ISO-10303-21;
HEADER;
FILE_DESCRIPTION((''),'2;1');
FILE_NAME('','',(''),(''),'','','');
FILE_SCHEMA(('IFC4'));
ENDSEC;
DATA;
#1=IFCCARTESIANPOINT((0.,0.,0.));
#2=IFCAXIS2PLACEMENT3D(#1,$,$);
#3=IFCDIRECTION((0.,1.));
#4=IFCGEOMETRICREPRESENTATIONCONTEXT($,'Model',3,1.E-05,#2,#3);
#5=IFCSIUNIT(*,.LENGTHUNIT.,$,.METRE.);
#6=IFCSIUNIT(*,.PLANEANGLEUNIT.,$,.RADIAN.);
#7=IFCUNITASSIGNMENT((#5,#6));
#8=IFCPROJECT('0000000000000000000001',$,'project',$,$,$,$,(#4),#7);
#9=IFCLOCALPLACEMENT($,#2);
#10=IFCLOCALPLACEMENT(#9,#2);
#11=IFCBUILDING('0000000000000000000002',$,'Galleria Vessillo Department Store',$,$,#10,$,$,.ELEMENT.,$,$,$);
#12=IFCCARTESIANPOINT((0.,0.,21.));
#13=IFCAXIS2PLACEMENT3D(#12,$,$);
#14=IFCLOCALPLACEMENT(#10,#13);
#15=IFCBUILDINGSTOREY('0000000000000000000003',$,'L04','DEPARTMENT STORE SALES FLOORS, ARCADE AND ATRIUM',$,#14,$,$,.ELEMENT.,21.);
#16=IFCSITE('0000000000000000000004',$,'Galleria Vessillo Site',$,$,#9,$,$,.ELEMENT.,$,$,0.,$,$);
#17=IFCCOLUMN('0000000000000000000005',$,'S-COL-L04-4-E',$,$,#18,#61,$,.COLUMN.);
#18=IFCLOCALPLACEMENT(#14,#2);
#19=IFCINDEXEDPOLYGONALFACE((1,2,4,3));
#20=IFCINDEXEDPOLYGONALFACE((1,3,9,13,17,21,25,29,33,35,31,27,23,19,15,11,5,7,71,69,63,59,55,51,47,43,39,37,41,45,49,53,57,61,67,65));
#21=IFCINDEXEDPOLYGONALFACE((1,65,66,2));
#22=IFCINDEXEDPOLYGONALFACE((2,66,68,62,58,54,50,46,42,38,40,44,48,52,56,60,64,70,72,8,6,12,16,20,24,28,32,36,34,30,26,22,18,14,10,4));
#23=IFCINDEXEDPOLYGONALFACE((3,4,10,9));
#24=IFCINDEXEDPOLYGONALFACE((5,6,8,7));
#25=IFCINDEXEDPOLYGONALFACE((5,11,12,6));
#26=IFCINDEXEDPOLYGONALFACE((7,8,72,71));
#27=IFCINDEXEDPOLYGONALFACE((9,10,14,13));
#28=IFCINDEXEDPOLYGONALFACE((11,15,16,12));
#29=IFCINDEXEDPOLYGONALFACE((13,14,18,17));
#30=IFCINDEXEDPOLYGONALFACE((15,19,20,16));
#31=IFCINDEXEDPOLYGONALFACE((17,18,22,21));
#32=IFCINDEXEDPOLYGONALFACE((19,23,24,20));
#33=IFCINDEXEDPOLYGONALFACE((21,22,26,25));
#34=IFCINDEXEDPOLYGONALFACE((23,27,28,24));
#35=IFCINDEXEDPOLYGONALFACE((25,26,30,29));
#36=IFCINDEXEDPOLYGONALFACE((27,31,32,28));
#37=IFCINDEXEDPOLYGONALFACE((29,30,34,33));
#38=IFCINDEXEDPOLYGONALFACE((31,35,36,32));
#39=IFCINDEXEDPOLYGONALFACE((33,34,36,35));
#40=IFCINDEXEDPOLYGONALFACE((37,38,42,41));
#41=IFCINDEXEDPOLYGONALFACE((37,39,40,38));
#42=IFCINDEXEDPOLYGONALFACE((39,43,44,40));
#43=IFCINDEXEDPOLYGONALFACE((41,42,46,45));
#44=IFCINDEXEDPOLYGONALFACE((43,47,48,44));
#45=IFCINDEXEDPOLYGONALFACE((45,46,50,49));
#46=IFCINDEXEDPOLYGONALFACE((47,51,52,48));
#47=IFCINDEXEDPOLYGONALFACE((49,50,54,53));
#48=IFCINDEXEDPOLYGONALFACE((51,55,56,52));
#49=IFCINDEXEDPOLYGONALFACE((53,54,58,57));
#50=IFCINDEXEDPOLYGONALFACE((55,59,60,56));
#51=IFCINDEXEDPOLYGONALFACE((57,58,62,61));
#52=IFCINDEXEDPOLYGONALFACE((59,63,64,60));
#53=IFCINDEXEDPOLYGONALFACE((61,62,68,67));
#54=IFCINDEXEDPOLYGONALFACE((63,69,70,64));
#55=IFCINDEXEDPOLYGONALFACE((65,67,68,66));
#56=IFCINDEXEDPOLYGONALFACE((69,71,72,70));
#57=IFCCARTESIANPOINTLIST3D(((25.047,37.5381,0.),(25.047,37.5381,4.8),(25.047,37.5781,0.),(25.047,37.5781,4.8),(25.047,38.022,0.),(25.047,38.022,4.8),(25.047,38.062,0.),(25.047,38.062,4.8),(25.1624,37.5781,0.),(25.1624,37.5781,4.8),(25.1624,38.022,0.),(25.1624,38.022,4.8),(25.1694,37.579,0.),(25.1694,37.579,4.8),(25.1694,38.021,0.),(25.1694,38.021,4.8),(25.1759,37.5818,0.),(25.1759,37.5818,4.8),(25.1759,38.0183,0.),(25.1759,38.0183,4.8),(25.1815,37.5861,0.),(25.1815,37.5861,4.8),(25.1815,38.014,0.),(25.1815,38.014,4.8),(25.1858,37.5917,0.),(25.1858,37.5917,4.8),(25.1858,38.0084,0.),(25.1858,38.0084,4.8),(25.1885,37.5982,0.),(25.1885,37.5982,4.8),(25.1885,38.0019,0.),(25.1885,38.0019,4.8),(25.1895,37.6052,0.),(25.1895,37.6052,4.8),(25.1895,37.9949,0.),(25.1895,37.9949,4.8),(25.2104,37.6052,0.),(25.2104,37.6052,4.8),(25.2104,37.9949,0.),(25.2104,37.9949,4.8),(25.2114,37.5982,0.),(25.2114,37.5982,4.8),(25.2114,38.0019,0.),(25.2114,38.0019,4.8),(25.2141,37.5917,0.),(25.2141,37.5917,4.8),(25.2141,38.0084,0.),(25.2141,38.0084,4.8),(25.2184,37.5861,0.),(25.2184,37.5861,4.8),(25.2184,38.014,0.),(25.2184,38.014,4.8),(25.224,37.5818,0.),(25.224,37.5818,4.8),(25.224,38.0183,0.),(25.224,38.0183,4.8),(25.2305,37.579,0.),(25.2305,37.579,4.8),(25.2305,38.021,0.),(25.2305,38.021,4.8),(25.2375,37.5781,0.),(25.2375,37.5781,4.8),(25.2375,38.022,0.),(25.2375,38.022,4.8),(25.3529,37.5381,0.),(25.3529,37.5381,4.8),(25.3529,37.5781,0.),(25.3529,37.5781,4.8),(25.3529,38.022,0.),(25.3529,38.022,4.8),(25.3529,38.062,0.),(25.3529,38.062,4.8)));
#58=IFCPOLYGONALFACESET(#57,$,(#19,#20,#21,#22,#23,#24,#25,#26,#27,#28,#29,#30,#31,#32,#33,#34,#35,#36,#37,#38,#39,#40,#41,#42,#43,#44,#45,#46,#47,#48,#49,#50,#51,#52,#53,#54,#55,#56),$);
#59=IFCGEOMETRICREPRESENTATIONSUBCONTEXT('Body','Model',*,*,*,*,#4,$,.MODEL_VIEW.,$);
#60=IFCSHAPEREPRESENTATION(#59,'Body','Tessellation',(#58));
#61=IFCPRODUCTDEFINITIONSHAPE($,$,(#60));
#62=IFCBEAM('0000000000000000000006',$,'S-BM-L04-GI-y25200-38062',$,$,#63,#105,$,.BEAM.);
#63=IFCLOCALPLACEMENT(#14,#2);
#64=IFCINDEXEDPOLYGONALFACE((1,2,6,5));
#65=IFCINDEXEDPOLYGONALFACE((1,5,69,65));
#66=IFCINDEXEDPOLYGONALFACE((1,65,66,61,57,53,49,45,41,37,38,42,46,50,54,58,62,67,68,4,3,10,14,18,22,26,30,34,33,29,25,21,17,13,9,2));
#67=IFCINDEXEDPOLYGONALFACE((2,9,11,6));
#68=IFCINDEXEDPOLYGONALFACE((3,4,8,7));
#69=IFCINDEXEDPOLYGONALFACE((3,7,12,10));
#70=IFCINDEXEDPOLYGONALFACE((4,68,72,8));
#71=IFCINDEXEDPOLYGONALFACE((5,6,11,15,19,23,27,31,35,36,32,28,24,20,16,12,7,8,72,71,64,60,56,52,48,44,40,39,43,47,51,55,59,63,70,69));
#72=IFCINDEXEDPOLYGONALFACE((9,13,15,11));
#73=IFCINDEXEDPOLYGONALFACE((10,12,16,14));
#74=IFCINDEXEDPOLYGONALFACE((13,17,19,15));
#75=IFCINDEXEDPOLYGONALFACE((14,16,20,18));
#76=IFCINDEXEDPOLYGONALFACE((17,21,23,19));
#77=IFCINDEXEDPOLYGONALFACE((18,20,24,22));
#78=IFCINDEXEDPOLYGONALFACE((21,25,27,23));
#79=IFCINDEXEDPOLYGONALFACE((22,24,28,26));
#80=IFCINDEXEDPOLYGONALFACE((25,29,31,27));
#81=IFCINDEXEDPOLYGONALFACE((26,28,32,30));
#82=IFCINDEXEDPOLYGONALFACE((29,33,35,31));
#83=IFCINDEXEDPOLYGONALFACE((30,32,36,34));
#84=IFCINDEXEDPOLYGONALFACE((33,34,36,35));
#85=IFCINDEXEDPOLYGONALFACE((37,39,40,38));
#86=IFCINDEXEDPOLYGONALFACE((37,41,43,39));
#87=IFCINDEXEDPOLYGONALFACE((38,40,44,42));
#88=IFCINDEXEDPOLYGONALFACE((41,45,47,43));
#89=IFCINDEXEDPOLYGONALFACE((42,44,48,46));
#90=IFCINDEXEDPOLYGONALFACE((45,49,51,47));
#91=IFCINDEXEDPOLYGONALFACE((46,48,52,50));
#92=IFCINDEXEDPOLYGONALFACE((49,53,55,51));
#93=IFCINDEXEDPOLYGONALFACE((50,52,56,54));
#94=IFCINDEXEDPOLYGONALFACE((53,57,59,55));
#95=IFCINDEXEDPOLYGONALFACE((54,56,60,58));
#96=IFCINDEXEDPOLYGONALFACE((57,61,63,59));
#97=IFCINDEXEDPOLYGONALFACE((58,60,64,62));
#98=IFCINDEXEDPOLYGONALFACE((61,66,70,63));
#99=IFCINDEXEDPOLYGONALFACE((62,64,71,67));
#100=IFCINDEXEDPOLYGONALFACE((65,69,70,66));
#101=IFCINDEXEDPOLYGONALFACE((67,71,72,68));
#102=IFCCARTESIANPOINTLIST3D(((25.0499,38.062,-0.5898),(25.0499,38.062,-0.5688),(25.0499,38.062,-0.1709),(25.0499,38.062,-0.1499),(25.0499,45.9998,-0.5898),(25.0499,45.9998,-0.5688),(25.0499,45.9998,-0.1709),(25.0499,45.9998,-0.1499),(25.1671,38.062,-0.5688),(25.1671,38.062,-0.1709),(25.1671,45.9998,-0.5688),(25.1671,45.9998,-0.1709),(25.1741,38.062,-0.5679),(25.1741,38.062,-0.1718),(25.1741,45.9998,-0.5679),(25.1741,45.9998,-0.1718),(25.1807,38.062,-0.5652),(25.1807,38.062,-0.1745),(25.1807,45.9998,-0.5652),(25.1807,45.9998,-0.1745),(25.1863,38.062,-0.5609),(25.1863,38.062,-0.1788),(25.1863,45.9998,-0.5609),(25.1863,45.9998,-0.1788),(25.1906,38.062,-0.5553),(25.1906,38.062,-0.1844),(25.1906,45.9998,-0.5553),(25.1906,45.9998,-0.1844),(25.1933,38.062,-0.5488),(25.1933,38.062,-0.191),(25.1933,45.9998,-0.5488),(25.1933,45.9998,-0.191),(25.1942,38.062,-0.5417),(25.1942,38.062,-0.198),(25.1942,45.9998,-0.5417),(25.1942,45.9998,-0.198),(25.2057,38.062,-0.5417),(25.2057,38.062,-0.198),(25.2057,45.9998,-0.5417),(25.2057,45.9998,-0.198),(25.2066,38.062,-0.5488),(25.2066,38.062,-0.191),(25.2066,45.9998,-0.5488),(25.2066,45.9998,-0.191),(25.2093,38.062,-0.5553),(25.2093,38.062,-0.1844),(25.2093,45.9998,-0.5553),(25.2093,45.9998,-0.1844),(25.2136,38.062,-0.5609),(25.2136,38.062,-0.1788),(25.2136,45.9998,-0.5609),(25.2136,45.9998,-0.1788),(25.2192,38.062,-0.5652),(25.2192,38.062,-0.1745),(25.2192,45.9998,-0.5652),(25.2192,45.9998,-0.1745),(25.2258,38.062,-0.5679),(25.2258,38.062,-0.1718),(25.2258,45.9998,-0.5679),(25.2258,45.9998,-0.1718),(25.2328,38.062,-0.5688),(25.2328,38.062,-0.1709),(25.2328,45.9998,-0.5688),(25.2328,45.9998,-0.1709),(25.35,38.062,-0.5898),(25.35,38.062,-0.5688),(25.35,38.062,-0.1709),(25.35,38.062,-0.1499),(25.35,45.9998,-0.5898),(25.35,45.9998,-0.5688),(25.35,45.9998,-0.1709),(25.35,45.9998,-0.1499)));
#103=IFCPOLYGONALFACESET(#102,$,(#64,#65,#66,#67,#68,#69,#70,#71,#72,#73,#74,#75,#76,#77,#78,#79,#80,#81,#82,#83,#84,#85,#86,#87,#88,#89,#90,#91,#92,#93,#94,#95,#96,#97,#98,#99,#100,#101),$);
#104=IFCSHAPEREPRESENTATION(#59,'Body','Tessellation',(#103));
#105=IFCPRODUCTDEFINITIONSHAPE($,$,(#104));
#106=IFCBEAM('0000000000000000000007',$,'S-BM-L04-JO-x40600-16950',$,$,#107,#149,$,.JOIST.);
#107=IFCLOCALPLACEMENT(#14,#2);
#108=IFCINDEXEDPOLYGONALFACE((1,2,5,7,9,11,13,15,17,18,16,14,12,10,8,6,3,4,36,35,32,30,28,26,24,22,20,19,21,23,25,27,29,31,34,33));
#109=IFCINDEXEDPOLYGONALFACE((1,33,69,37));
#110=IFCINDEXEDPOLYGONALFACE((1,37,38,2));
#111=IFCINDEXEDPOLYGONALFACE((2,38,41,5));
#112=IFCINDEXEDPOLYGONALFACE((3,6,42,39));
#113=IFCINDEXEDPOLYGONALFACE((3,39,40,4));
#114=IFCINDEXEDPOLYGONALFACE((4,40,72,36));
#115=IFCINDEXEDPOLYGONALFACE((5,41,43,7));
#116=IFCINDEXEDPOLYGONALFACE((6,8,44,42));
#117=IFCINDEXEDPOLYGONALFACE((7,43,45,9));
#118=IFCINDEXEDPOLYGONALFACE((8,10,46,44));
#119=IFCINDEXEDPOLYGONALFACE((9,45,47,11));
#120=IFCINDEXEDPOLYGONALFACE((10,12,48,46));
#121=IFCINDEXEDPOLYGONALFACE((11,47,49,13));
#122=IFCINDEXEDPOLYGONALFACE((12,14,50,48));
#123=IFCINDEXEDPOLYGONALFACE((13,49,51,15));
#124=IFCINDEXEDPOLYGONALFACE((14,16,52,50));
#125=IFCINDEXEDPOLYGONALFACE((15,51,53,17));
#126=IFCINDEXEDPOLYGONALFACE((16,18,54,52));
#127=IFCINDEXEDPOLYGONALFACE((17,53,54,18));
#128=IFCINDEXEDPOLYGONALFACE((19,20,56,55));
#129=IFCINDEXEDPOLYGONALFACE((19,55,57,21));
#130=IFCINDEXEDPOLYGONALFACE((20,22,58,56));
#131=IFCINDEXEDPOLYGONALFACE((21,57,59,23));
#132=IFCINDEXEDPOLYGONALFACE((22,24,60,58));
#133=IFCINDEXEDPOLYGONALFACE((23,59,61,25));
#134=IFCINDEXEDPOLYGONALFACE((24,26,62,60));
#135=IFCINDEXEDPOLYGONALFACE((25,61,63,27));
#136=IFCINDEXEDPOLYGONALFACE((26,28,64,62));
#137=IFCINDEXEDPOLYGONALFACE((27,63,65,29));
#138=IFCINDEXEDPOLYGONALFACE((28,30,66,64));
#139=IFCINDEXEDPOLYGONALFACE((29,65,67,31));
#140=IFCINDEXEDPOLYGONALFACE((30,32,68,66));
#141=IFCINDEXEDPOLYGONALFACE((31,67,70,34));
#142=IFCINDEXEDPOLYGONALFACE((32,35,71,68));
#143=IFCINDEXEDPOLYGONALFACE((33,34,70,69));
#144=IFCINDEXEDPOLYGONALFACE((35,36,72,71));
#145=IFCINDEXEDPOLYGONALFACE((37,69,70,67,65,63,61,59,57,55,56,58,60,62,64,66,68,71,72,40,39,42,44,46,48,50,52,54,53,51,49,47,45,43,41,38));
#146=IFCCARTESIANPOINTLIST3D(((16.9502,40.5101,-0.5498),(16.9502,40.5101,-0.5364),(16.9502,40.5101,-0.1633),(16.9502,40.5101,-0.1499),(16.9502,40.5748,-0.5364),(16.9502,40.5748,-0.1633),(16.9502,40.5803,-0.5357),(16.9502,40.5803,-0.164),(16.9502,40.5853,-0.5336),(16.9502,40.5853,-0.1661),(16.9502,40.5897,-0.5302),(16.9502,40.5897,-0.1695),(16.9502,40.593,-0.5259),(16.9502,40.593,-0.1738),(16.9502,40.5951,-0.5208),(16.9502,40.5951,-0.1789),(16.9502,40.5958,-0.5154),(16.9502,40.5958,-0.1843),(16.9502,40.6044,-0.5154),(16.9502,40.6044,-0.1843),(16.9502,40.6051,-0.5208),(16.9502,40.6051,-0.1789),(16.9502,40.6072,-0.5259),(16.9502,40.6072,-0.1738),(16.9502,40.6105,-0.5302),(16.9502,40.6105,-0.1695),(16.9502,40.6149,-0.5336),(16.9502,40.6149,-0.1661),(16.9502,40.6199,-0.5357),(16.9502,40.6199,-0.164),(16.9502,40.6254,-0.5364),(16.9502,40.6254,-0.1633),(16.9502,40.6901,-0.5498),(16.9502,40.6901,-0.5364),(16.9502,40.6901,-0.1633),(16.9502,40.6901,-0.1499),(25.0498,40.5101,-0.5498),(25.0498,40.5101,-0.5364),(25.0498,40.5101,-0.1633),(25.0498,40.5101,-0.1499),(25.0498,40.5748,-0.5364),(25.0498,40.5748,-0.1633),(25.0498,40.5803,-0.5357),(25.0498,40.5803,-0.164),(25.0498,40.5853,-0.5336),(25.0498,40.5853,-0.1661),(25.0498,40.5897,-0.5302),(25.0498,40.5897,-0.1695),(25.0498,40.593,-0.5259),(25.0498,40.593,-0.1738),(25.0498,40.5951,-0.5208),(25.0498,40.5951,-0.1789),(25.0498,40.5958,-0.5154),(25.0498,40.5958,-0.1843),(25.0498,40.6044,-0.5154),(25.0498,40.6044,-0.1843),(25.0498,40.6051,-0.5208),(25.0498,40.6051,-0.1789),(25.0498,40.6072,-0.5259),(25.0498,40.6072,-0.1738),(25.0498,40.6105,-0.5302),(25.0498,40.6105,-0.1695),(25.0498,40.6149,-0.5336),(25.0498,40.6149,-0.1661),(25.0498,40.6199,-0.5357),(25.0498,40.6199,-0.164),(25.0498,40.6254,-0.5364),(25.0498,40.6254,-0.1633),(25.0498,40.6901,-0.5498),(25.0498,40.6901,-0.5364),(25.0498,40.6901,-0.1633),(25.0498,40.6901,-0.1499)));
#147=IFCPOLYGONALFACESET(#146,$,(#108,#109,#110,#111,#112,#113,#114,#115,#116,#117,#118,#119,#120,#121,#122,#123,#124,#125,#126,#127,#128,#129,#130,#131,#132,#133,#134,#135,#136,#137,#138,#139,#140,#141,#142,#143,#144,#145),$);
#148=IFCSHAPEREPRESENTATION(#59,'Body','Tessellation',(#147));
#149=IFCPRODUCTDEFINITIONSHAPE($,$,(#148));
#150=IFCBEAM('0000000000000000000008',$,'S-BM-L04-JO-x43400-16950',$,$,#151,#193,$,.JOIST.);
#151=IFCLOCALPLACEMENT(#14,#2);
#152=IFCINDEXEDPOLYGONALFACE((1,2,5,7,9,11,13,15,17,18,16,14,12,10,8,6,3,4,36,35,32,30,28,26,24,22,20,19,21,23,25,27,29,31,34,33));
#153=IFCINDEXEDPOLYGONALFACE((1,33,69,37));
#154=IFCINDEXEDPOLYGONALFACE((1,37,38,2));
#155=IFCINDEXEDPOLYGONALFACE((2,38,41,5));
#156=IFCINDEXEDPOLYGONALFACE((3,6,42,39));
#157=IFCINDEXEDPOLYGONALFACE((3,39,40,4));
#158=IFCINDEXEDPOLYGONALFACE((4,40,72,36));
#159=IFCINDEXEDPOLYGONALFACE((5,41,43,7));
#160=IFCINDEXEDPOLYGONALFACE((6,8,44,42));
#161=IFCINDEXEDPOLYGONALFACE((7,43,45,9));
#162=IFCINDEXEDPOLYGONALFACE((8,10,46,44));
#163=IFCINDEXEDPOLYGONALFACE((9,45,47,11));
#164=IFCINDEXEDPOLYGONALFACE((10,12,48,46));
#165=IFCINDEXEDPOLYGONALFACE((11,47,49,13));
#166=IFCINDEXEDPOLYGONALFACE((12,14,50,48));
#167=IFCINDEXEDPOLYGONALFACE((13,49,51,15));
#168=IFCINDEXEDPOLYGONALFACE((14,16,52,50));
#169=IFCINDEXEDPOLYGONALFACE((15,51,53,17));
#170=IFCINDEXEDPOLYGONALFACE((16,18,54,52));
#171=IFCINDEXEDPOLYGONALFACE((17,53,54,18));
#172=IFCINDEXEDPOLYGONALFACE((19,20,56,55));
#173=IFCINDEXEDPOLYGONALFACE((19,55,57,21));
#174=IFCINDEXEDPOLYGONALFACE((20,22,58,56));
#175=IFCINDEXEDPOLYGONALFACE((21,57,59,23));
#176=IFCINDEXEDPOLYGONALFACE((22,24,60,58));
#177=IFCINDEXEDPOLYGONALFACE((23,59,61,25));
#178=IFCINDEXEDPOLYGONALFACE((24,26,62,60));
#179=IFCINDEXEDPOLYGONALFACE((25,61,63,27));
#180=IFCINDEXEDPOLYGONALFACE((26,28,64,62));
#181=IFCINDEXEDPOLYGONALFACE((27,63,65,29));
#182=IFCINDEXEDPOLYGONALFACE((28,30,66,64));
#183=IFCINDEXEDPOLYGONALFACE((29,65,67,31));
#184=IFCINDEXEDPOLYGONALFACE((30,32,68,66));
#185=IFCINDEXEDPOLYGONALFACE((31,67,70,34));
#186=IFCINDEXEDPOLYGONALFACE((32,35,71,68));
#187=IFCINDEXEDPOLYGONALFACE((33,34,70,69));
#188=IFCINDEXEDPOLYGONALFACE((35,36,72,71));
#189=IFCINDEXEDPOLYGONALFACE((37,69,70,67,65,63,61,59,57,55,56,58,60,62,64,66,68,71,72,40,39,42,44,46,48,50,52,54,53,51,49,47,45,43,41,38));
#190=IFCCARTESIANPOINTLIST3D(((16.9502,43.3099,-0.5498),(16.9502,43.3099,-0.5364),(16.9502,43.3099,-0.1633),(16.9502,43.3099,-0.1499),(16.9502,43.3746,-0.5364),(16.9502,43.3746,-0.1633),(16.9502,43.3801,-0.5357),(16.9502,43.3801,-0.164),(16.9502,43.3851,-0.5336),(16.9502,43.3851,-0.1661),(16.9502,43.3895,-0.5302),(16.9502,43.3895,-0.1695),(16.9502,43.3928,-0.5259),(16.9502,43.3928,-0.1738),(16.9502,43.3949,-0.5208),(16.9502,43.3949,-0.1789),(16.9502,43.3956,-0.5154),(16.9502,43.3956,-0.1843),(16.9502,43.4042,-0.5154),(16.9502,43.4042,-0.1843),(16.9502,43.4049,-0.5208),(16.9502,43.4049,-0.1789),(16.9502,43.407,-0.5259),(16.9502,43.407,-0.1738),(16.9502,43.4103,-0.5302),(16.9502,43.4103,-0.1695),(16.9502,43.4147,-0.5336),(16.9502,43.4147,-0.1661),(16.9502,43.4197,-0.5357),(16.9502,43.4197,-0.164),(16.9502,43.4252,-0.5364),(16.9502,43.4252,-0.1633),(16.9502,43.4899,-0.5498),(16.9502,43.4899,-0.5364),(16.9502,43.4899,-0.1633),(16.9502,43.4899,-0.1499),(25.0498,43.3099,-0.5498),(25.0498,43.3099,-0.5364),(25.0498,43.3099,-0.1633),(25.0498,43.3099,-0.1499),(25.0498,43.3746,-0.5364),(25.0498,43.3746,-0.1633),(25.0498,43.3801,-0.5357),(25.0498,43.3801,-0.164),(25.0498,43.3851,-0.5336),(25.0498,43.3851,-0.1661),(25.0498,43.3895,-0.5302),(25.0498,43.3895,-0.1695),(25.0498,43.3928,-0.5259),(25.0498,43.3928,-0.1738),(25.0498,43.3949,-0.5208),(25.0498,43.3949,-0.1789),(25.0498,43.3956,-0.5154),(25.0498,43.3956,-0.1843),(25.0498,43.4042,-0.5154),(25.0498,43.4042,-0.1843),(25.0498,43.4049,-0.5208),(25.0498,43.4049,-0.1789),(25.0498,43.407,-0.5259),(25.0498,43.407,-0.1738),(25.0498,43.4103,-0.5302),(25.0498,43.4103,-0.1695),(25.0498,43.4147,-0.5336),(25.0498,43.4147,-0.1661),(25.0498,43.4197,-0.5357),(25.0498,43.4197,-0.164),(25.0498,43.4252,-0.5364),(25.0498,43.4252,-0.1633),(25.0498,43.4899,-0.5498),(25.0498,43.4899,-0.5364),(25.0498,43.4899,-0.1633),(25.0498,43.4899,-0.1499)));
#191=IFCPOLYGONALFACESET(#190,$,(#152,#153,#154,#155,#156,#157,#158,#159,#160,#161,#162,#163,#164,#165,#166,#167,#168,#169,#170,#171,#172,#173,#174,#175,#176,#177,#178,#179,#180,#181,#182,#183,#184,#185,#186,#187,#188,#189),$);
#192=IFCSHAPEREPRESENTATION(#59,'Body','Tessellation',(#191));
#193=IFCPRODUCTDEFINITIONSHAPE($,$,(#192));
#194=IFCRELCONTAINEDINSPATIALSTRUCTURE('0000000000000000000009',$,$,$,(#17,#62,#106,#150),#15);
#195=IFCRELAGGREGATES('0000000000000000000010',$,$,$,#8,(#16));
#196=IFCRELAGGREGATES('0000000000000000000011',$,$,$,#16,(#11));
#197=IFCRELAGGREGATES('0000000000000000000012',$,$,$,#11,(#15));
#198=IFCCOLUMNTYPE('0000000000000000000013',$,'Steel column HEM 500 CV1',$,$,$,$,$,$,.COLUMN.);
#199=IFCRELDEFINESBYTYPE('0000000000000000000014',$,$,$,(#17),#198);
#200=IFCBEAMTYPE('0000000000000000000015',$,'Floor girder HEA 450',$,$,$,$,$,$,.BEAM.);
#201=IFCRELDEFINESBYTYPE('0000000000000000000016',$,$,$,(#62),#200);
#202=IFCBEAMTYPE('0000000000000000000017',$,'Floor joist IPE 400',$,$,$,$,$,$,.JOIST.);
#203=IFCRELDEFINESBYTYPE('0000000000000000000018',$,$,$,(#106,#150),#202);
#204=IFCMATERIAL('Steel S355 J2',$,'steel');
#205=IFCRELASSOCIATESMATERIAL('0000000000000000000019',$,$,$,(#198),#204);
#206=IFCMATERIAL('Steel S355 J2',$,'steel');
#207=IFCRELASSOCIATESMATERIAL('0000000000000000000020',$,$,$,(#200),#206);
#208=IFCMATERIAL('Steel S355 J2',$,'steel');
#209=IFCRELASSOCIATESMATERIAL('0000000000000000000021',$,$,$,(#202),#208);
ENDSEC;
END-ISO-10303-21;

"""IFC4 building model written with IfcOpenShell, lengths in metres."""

from ifc_helpers import new_model, si_unit, direction, frame, origin, origin_2d, place, context, subcontext, project, spatial, i_section, extrude, material, material_profile, profile_set, type_object, element, save


model = new_model("IFC4")

# Units and contexts
model_context = context("Model", 3, precision=1e-05, world=origin(), true_north=direction((0.0, 1.0)))
body_context = subcontext(model_context, "Body", "Model", "MODEL_VIEW")
ifc_project = project(units=[si_unit("LENGTHUNIT", "METRE"), si_unit("PLANEANGLEUNIT", "RADIAN")], contexts=[model_context])

# Site, building, storey
site_placement = place(None, origin())
site = spatial("IfcSite", under=ifc_project, at=site_placement, Name="Galleria Vessillo Site", CompositionType="ELEMENT", RefElevation=0.0)
building_placement = place(site_placement, origin())
building = spatial("IfcBuilding", under=site, at=building_placement, Name="Galleria Vessillo Department Store", CompositionType="ELEMENT")
storey_placement = place(building_placement, frame((0.0, 0.0, 21.0)))
storey = spatial("IfcBuildingStorey", under=building, at=storey_placement, Name="L04", Description="DEPARTMENT STORE SALES FLOORS, ARCADE AND ATRIUM", CompositionType="ELEMENT", Elevation=21.0)

# Column
ifc_material_1 = material(Name="Steel S355 J2", Category="steel")
ifc_material_profile_1 = material_profile(ifc_material_1, i_section(OverallWidth=0.3059, OverallDepth=0.5239, WebThickness=0.021, FlangeThickness=0.04, FilletRadius=0.0271, at=origin_2d()), Name="HEM 500")
ifc_profile_set_1 = profile_set([ifc_material_profile_1], Name="Steel S355 J2")
column_type = type_object("IfcColumnType", Name="Steel column HEM 500 CV1", PredefinedType="COLUMN", material=ifc_profile_set_1)
column_placement = place(storey_placement, frame((25.2, 37.8, 0.0), z_axis=(0.0, 0.0, 1.0), x_axis=(1.0, 0.0, 0.0)))
element("IfcColumn", 1, at=column_placement, inside=storey, type_object=column_type, Name="S-COL-L04-4-E", PredefinedType="COLUMN", context=body_context, shape_type="SweptSolid", body=[
    extrude(i_section(OverallWidth=0.3059, OverallDepth=0.5239, WebThickness=0.021, FlangeThickness=0.04, FilletRadius=0.0271, at=origin_2d()), origin(), (0.0, 0.0, 1.0), 4.8),
])

# Beams
ifc_material_2 = material(Name="Steel S355 J2", Category="steel")
ifc_material_profile_2 = material_profile(ifc_material_2, i_section(OverallWidth=0.3, OverallDepth=0.4399, WebThickness=0.0115, FlangeThickness=0.021, FilletRadius=0.0271, at=origin_2d()), Name="HEA 450")
ifc_profile_set_2 = profile_set([ifc_material_profile_2], Name="Steel S355 J2")
beam_type_1 = type_object("IfcBeamType", Name="Floor girder HEA 450", PredefinedType="BEAM", material=ifc_profile_set_2)
beam_1_placement = place(storey_placement, frame((25.2, 38.062, -0.3699), z_axis=(0.0, 1.0, 0.0), x_axis=(-1.0, 0.0, 0.0)))
element("IfcBeam", 2, at=beam_1_placement, inside=storey, type_object=beam_type_1, Name="S-BM-L04-GI-y25200-38062", PredefinedType="BEAM", context=body_context, shape_type="SweptSolid", body=[
    extrude(i_section(OverallWidth=0.3, OverallDepth=0.4399, WebThickness=0.0115, FlangeThickness=0.021, FilletRadius=0.0271, at=origin_2d()), origin(), (0.0, 0.0, 1.0), 7.9377),
])
ifc_material_3 = material(Name="Steel S355 J2", Category="steel")
ifc_material_profile_3 = material_profile(ifc_material_3, i_section(OverallWidth=0.1799, OverallDepth=0.3999, WebThickness=0.0085, FlangeThickness=0.0134, FilletRadius=0.021, at=origin_2d()), Name="IPE 400")
ifc_profile_set_3 = profile_set([ifc_material_profile_3], Name="Steel S355 J2")
beam_type_2 = type_object("IfcBeamType", Name="Floor joist IPE 400", PredefinedType="JOIST", material=ifc_profile_set_3)
for number, where, z_axis, x_axis, name in (
    (3, (16.9502, 40.6001, -0.3499), (1.0, 0.0, 0.0), (0.0, 1.0, 0.0), "S-BM-L04-JO-x40600-16950"),
    (4, (16.9502, 43.3999, -0.3499), (1.0, 0.0, 0.0), (0.0, 1.0, 0.0), "S-BM-L04-JO-x43400-16950"),
):
    element("IfcBeam", number, at=place(storey_placement, frame(where, z_axis=z_axis, x_axis=x_axis)), inside=storey, type_object=beam_type_2, Name=name, PredefinedType="JOIST", context=body_context, shape_type="SweptSolid", body=[
        extrude(i_section(OverallWidth=0.1799, OverallDepth=0.3999, WebThickness=0.0085, FlangeThickness=0.0134, FilletRadius=0.021, at=origin_2d()), origin(), (0.0, 0.0, 1.0), 8.0996),
    ])

save(model, "model.ifc")
